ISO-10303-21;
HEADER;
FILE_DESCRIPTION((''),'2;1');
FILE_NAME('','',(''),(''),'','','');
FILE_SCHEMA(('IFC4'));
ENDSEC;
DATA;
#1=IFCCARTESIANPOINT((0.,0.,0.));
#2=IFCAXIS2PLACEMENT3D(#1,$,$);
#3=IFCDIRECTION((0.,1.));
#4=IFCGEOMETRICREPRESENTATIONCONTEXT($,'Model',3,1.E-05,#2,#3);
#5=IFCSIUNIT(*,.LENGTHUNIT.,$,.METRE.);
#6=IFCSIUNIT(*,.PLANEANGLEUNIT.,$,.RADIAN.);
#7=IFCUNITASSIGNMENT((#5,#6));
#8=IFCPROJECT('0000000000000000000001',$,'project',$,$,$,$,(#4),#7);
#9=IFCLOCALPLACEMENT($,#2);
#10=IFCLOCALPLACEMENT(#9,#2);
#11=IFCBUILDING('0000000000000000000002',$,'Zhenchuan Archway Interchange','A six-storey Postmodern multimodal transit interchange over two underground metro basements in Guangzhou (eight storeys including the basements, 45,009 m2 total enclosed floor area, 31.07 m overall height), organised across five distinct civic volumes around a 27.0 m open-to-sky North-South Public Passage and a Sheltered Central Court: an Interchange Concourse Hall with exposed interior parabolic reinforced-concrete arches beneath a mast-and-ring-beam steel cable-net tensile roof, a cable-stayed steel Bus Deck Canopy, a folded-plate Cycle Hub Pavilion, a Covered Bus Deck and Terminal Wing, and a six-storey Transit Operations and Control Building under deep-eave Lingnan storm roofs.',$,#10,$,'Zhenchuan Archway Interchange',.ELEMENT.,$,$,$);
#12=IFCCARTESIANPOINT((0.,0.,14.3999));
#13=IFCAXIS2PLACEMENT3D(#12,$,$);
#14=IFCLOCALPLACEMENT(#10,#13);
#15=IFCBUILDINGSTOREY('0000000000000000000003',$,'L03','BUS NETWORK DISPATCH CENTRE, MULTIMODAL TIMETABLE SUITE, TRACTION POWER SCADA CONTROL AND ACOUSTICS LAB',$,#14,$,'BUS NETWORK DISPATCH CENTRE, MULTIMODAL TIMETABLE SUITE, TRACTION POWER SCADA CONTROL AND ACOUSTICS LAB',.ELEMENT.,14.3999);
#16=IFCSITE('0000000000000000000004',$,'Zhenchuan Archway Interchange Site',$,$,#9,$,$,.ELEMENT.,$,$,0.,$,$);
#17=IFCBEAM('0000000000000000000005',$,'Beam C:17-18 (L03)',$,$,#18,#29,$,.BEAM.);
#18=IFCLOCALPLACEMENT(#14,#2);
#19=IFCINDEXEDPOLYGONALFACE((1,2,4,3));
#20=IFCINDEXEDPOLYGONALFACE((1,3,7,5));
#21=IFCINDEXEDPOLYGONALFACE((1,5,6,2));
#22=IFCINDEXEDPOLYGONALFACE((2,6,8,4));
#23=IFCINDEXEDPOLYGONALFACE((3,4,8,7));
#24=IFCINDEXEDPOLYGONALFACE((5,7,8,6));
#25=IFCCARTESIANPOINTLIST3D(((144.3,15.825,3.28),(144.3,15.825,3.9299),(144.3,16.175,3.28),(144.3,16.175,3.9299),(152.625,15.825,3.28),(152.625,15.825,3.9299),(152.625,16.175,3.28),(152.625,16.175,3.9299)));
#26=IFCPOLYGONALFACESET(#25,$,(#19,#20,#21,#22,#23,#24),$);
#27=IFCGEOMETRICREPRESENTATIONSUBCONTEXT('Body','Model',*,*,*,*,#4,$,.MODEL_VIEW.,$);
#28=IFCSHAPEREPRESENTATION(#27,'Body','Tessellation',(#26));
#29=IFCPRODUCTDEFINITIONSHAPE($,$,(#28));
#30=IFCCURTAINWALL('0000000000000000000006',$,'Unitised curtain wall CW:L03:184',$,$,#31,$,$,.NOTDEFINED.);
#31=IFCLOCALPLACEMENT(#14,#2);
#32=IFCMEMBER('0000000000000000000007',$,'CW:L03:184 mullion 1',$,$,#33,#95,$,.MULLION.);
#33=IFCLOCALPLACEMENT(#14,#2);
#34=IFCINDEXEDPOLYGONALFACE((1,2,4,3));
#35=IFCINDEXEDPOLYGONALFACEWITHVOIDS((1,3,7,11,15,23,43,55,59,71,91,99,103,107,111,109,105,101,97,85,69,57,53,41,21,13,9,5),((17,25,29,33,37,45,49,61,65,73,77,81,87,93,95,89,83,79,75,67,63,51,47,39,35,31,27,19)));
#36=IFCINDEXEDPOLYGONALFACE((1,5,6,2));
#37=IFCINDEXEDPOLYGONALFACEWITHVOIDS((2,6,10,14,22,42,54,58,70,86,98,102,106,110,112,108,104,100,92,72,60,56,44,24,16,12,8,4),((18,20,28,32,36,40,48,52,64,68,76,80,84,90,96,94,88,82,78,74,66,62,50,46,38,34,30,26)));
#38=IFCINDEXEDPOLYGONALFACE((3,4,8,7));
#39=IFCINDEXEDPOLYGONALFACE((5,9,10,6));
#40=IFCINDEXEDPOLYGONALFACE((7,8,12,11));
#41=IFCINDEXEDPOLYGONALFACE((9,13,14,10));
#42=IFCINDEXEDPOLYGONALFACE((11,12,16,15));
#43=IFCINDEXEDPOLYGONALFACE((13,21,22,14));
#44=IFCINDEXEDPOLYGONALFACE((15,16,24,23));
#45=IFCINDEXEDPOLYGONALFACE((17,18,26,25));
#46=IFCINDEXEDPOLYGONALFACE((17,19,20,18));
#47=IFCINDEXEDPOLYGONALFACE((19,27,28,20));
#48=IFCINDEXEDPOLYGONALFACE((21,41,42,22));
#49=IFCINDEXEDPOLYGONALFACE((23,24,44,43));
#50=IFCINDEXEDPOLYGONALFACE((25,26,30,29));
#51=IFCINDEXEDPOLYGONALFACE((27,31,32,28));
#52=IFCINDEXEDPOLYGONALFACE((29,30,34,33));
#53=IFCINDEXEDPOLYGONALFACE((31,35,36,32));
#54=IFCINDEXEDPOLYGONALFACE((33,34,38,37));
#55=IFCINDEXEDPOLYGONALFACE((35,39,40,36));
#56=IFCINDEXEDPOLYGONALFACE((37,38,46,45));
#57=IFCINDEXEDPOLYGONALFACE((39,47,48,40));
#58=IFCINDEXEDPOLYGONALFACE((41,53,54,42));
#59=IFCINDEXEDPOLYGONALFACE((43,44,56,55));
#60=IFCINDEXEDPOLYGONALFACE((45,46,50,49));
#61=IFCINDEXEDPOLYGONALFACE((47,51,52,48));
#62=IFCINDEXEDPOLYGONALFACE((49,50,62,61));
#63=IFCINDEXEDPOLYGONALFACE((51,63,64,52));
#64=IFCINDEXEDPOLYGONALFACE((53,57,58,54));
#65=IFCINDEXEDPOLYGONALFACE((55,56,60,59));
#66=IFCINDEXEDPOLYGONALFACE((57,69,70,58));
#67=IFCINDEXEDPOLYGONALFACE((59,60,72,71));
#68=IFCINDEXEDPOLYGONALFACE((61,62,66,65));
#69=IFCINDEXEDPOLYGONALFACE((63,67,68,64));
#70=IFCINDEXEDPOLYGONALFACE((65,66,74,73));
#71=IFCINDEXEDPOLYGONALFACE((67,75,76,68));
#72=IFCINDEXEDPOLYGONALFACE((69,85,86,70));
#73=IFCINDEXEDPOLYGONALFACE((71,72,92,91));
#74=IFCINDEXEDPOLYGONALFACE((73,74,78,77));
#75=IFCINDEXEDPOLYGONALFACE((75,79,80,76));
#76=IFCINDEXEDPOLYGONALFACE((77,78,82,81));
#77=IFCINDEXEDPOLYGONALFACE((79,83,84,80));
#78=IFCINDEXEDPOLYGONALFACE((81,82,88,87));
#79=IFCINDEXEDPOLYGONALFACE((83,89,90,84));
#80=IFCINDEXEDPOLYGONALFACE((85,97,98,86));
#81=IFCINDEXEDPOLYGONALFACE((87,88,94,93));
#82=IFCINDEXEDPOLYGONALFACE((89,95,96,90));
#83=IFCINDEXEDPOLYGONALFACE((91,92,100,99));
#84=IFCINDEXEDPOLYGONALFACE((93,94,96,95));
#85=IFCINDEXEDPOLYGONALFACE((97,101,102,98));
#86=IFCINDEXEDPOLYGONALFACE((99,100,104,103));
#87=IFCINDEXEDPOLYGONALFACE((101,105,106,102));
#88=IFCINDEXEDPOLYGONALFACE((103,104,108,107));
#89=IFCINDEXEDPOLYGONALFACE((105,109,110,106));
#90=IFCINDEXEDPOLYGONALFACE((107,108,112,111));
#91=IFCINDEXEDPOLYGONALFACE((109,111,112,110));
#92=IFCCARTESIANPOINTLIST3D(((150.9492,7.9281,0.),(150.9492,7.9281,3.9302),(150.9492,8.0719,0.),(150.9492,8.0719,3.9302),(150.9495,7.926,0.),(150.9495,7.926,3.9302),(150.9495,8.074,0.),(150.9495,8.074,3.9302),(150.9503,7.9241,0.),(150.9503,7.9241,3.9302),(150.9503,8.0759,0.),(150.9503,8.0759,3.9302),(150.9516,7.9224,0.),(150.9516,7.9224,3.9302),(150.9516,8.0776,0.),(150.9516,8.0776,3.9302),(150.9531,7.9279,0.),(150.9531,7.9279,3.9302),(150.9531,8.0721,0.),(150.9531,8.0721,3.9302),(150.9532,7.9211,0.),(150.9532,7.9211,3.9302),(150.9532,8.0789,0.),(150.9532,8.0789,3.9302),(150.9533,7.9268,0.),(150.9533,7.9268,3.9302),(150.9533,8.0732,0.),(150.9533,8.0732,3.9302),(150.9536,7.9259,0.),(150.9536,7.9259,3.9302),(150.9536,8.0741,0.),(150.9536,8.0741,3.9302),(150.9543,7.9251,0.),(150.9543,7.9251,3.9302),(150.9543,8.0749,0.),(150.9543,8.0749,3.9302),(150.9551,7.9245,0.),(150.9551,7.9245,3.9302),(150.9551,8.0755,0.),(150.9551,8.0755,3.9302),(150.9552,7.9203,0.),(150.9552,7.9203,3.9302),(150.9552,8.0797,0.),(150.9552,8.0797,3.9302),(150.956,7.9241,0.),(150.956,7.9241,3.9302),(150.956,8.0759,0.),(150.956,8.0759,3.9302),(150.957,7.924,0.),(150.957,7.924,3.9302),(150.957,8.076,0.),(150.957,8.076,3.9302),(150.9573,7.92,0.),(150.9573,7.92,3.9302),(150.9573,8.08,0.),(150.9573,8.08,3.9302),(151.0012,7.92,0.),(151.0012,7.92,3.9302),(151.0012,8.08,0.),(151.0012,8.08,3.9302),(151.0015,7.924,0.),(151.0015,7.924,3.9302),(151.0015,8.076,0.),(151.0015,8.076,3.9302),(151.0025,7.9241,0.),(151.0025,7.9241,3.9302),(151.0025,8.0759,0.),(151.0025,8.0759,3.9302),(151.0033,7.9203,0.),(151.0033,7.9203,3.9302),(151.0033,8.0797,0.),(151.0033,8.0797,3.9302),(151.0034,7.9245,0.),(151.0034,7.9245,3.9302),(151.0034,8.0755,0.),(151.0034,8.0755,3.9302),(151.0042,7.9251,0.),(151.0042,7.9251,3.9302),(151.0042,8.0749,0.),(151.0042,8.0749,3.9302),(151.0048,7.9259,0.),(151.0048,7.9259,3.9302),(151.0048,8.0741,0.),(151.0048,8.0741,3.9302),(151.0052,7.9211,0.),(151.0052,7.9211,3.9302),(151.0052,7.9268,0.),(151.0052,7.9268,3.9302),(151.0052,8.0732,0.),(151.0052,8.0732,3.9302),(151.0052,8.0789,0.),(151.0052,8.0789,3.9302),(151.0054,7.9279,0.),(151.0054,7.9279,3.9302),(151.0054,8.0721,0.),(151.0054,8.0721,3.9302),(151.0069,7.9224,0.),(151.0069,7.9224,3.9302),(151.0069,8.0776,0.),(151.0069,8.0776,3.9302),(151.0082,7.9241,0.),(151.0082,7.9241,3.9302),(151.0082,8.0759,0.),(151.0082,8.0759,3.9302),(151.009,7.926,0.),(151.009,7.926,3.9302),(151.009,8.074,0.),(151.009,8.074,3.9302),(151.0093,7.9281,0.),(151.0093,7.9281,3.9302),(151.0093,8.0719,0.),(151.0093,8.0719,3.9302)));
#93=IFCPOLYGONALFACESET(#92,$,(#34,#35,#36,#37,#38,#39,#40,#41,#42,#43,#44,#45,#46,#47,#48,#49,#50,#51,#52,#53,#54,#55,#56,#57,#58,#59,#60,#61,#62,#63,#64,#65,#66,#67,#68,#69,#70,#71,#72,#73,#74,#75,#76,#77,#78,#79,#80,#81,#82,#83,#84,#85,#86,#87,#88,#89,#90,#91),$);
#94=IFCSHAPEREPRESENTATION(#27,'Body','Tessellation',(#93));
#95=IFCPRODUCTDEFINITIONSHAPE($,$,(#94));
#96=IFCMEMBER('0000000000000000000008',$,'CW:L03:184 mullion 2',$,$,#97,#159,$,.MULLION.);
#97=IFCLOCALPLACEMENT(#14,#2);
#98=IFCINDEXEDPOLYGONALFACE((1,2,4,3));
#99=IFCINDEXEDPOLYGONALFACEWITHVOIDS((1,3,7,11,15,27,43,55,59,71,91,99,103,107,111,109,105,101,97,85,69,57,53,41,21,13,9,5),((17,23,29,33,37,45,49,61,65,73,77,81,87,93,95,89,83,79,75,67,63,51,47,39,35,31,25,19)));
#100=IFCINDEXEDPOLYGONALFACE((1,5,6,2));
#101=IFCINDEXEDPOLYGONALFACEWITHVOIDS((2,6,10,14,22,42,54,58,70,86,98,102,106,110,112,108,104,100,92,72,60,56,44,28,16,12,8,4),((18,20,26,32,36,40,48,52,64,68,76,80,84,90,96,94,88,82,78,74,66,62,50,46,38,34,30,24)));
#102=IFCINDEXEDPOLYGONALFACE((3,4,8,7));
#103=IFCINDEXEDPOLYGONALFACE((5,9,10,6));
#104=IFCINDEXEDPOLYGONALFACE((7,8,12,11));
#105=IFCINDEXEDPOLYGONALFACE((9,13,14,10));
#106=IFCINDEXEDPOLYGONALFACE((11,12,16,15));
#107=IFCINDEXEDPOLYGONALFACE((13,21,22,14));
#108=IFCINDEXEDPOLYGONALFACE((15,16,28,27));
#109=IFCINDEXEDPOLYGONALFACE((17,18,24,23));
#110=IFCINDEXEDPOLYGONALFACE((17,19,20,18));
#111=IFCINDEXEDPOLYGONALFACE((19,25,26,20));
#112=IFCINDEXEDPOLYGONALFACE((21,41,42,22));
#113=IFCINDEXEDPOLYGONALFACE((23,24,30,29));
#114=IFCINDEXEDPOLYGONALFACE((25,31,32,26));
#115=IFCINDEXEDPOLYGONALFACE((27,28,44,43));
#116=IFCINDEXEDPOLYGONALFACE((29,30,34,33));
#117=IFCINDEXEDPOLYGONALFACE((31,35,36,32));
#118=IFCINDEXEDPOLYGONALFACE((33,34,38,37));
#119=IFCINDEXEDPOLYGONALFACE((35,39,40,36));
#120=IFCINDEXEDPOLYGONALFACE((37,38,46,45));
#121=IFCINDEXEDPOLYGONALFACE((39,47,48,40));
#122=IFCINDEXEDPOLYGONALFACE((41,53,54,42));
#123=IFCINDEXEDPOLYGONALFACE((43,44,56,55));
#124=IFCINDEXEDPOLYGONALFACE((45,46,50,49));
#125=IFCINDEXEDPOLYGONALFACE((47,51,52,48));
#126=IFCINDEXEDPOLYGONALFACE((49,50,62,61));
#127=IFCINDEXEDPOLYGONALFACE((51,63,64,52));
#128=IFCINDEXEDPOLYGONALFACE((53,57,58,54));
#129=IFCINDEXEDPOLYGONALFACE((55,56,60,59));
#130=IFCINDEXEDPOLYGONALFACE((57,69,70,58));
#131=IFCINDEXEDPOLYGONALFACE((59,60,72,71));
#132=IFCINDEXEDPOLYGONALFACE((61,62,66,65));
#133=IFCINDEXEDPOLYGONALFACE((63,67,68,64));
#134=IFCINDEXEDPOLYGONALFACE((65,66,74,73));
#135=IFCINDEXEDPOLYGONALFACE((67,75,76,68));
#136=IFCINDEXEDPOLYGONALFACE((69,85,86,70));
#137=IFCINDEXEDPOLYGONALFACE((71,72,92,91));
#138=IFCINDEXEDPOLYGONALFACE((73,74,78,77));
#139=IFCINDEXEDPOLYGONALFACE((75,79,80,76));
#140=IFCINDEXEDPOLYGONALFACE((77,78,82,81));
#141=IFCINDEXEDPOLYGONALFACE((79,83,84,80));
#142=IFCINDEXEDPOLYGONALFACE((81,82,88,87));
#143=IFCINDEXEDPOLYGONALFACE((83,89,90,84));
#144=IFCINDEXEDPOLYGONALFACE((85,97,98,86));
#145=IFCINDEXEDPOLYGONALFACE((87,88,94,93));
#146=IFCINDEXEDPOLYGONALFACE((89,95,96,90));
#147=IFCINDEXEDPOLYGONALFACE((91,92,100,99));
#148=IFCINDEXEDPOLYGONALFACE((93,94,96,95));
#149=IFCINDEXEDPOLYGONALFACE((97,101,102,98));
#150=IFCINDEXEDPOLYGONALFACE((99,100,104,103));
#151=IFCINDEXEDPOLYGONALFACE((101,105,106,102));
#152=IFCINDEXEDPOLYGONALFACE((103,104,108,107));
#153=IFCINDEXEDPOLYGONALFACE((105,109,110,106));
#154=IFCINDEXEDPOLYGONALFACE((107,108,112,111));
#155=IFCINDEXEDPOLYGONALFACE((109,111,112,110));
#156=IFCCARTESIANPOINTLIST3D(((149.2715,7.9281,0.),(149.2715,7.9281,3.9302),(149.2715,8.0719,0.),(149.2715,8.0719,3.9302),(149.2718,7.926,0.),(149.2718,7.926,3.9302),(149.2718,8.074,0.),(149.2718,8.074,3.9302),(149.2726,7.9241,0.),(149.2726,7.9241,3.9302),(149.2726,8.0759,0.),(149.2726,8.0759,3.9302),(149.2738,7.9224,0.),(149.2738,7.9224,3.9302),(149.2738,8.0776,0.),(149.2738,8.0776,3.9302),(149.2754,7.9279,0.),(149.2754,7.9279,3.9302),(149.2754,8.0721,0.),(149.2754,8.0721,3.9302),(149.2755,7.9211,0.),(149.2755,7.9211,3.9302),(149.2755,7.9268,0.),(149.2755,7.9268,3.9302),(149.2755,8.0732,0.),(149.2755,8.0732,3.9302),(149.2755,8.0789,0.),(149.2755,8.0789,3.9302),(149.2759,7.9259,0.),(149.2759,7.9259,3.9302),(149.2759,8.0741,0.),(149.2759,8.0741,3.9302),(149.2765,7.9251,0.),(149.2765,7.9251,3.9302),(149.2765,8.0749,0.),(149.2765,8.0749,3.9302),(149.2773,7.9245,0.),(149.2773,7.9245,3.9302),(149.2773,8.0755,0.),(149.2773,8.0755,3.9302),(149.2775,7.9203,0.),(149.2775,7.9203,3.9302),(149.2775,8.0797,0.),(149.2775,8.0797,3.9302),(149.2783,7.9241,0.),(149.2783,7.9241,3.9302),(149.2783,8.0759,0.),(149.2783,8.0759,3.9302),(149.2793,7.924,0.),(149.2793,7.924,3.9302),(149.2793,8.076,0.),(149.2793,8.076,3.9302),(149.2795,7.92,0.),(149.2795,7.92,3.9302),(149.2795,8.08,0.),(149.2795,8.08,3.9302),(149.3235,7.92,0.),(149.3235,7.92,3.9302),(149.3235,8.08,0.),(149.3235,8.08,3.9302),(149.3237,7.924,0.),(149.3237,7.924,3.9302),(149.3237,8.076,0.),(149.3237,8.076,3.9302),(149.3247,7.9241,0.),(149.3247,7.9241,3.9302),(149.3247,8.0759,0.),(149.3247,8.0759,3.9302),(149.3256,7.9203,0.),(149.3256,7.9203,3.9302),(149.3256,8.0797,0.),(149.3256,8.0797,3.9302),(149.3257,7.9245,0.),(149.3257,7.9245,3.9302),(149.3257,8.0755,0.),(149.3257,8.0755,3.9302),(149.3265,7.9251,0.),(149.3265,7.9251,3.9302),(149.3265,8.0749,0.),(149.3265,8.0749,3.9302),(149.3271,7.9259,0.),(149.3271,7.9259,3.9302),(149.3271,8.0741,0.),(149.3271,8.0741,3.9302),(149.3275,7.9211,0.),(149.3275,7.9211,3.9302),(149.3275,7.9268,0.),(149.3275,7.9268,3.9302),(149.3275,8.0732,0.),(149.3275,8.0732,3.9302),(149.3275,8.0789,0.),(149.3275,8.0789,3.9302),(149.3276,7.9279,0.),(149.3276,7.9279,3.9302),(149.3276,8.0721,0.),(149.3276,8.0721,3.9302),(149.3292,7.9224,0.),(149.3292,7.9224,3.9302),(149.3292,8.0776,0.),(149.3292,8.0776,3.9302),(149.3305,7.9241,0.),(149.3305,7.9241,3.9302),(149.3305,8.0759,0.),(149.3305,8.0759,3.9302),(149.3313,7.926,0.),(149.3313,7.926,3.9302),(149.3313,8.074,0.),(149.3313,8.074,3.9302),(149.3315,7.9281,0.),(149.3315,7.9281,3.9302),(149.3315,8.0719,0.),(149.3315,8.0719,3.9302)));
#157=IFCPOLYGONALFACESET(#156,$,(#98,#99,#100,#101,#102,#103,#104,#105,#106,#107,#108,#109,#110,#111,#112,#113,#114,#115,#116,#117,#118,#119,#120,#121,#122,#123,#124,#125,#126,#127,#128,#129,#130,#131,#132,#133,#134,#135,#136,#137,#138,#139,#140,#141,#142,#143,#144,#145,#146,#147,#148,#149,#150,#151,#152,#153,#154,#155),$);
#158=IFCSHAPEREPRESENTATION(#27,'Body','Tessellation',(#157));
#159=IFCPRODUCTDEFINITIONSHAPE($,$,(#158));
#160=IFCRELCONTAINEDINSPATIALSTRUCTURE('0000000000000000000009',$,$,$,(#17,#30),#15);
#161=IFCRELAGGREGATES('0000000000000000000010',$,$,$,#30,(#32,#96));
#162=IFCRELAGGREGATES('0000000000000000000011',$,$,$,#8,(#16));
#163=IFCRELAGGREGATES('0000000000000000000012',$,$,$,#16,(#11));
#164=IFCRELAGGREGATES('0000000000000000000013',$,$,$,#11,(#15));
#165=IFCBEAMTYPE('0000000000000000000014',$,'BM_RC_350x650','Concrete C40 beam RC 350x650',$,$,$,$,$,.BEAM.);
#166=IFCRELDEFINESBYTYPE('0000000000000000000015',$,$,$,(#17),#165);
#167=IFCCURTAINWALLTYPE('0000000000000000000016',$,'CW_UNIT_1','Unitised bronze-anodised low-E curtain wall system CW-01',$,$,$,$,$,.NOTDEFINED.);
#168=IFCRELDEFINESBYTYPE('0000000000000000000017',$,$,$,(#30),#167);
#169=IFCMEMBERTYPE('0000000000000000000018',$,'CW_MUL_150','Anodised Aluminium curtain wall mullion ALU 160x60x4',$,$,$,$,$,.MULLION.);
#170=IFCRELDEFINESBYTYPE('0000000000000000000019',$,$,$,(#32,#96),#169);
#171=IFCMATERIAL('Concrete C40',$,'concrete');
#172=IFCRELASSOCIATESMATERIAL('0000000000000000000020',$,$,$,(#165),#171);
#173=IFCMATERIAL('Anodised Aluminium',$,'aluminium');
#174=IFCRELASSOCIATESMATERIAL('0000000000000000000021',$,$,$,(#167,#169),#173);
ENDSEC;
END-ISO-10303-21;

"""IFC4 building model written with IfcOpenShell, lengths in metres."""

from ifc_helpers import new_model, si_unit, direction, frame, origin, origin_2d, place, context, subcontext, project, spatial, rectangle, hollow_rectangle, extrude, material, material_profile, profile_set, type_object, element, aggregate, save


model = new_model("IFC4")

# Units and contexts
model_context = context("Model", 3, precision=1e-05, world=origin(), true_north=direction((0.0, 1.0)))
body_context = subcontext(model_context, "Body", "Model", "MODEL_VIEW")
ifc_project = project(units=[si_unit("LENGTHUNIT", "METRE"), si_unit("PLANEANGLEUNIT", "RADIAN")], contexts=[model_context])

# Site, building, storey
site_placement = place(None, origin())
site = spatial("IfcSite", under=ifc_project, at=site_placement, Name="Zhenchuan Archway Interchange Site", CompositionType="ELEMENT", RefElevation=0.0)
building_placement = place(site_placement, origin())
building = spatial("IfcBuilding", under=site, at=building_placement, Name="Zhenchuan Archway Interchange", Description="A six-storey Postmodern multimodal transit interchange over two underground metro basements in Guangzhou (eight storeys including the basements, 45,009 m2 total enclosed floor area, 31.07 m overall height), organised across five distinct civic volumes around a 27.0 m open-to-sky North-South Public Passage and a Sheltered Central Court: an Interchange Concourse Hall with exposed interior parabolic reinforced-concrete arches beneath a mast-and-ring-beam steel cable-net tensile roof, a cable-stayed steel Bus Deck Canopy, a folded-plate Cycle Hub Pavilion, a Covered Bus Deck and Terminal Wing, and a six-storey Transit Operations and Control Building under deep-eave Lingnan storm roofs.", LongName="Zhenchuan Archway Interchange", CompositionType="ELEMENT")
storey_placement = place(building_placement, frame((0.0, 0.0, 14.3999)))
storey = spatial("IfcBuildingStorey", under=building, at=storey_placement, Name="L03", Description="BUS NETWORK DISPATCH CENTRE, MULTIMODAL TIMETABLE SUITE, TRACTION POWER SCADA CONTROL AND ACOUSTICS LAB", LongName="BUS NETWORK DISPATCH CENTRE, MULTIMODAL TIMETABLE SUITE, TRACTION POWER SCADA CONTROL AND ACOUSTICS LAB", CompositionType="ELEMENT", Elevation=14.3999)

# Beam
ifc_material_1 = material(Name="Concrete C40", Category="concrete")
ifc_material_profile_1 = material_profile(ifc_material_1, rectangle(XDim=0.3501, YDim=0.6499, at=origin_2d()), Name="RC 350x650")
ifc_profile_set_1 = profile_set([ifc_material_profile_1], Name="Concrete C40")
beam_type_1 = type_object("IfcBeamType", Name="BM_RC_350x650", Description="Concrete C40 beam RC 350x650", PredefinedType="BEAM", material=ifc_profile_set_1)
beam_1_placement = place(storey_placement, frame((144.3, 16.0, 3.605), z_axis=(1.0, 0.0, 0.0), x_axis=(0.0, 1.0, 0.0)))
element("IfcBeam", 1, at=beam_1_placement, inside=storey, type_object=beam_type_1, Name="Beam C:17-18 (L03)", PredefinedType="BEAM", context=body_context, shape_type="SweptSolid", body=[
    extrude(rectangle(XDim=0.3501, YDim=0.6499, at=origin_2d()), origin(), (0.0, 0.0, 1.0), 8.325),
])

# Curtain wall, members
ifc_material_2 = material(Name="Anodised Aluminium", Category="aluminium")
curtain_wall_type = type_object("IfcCurtainWallType", Name="CW_UNIT_1", Description="Unitised bronze-anodised low-E curtain wall system CW-01", PredefinedType="NOTDEFINED", material=ifc_material_2)
curtain_wall_placement = place(storey_placement, origin())
curtain_wall = element("IfcCurtainWall", 2, at=curtain_wall_placement, inside=storey, type_object=curtain_wall_type, Name="Unitised curtain wall CW:L03:184", PredefinedType="NOTDEFINED")
ifc_material_profile_2 = material_profile(ifc_material_2, hollow_rectangle(XDim=0.0601, YDim=0.1599, WallThickness=0.0039, InnerFilletRadius=0.0039, OuterFilletRadius=0.0081, at=origin_2d()), Name="ALU 160x60x4")
ifc_profile_set_2 = profile_set([ifc_material_profile_2], Name="Anodised Aluminium")
member_type_1 = type_object("IfcMemberType", Name="CW_MUL_150", Description="Anodised Aluminium curtain wall mullion ALU 160x60x4", PredefinedType="MULLION", material=ifc_profile_set_2)
member_1_placement = place(storey_placement, frame((150.9792, 8.0, 0.0), z_axis=(0.0, 0.0, 1.0), x_axis=(1.0, 0.0, 0.0)))
member_1 = element("IfcMember", 3, at=member_1_placement, type_object=member_type_1, Name="CW:L03:184 mullion 1", PredefinedType="MULLION", context=body_context, shape_type="SweptSolid", body=[
    extrude(hollow_rectangle(XDim=0.0601, YDim=0.1599, WallThickness=0.0039, InnerFilletRadius=0.0039, OuterFilletRadius=0.0081, at=origin_2d()), origin(), (0.0, 0.0, 1.0), 3.9302),
])
member_2_placement = place(storey_placement, frame((149.3015, 8.0, 0.0), z_axis=(0.0, 0.0, 1.0), x_axis=(1.0, 0.0, 0.0)))
member_2 = element("IfcMember", 4, at=member_2_placement, type_object=member_type_1, Name="CW:L03:184 mullion 2", PredefinedType="MULLION", context=body_context, shape_type="SweptSolid", body=[
    extrude(hollow_rectangle(XDim=0.0601, YDim=0.1599, WallThickness=0.0039, InnerFilletRadius=0.0039, OuterFilletRadius=0.0081, at=origin_2d()), origin(), (0.0, 0.0, 1.0), 3.9302),
])

aggregate(curtain_wall, [member_1, member_2])

save(model, "model.ifc")
